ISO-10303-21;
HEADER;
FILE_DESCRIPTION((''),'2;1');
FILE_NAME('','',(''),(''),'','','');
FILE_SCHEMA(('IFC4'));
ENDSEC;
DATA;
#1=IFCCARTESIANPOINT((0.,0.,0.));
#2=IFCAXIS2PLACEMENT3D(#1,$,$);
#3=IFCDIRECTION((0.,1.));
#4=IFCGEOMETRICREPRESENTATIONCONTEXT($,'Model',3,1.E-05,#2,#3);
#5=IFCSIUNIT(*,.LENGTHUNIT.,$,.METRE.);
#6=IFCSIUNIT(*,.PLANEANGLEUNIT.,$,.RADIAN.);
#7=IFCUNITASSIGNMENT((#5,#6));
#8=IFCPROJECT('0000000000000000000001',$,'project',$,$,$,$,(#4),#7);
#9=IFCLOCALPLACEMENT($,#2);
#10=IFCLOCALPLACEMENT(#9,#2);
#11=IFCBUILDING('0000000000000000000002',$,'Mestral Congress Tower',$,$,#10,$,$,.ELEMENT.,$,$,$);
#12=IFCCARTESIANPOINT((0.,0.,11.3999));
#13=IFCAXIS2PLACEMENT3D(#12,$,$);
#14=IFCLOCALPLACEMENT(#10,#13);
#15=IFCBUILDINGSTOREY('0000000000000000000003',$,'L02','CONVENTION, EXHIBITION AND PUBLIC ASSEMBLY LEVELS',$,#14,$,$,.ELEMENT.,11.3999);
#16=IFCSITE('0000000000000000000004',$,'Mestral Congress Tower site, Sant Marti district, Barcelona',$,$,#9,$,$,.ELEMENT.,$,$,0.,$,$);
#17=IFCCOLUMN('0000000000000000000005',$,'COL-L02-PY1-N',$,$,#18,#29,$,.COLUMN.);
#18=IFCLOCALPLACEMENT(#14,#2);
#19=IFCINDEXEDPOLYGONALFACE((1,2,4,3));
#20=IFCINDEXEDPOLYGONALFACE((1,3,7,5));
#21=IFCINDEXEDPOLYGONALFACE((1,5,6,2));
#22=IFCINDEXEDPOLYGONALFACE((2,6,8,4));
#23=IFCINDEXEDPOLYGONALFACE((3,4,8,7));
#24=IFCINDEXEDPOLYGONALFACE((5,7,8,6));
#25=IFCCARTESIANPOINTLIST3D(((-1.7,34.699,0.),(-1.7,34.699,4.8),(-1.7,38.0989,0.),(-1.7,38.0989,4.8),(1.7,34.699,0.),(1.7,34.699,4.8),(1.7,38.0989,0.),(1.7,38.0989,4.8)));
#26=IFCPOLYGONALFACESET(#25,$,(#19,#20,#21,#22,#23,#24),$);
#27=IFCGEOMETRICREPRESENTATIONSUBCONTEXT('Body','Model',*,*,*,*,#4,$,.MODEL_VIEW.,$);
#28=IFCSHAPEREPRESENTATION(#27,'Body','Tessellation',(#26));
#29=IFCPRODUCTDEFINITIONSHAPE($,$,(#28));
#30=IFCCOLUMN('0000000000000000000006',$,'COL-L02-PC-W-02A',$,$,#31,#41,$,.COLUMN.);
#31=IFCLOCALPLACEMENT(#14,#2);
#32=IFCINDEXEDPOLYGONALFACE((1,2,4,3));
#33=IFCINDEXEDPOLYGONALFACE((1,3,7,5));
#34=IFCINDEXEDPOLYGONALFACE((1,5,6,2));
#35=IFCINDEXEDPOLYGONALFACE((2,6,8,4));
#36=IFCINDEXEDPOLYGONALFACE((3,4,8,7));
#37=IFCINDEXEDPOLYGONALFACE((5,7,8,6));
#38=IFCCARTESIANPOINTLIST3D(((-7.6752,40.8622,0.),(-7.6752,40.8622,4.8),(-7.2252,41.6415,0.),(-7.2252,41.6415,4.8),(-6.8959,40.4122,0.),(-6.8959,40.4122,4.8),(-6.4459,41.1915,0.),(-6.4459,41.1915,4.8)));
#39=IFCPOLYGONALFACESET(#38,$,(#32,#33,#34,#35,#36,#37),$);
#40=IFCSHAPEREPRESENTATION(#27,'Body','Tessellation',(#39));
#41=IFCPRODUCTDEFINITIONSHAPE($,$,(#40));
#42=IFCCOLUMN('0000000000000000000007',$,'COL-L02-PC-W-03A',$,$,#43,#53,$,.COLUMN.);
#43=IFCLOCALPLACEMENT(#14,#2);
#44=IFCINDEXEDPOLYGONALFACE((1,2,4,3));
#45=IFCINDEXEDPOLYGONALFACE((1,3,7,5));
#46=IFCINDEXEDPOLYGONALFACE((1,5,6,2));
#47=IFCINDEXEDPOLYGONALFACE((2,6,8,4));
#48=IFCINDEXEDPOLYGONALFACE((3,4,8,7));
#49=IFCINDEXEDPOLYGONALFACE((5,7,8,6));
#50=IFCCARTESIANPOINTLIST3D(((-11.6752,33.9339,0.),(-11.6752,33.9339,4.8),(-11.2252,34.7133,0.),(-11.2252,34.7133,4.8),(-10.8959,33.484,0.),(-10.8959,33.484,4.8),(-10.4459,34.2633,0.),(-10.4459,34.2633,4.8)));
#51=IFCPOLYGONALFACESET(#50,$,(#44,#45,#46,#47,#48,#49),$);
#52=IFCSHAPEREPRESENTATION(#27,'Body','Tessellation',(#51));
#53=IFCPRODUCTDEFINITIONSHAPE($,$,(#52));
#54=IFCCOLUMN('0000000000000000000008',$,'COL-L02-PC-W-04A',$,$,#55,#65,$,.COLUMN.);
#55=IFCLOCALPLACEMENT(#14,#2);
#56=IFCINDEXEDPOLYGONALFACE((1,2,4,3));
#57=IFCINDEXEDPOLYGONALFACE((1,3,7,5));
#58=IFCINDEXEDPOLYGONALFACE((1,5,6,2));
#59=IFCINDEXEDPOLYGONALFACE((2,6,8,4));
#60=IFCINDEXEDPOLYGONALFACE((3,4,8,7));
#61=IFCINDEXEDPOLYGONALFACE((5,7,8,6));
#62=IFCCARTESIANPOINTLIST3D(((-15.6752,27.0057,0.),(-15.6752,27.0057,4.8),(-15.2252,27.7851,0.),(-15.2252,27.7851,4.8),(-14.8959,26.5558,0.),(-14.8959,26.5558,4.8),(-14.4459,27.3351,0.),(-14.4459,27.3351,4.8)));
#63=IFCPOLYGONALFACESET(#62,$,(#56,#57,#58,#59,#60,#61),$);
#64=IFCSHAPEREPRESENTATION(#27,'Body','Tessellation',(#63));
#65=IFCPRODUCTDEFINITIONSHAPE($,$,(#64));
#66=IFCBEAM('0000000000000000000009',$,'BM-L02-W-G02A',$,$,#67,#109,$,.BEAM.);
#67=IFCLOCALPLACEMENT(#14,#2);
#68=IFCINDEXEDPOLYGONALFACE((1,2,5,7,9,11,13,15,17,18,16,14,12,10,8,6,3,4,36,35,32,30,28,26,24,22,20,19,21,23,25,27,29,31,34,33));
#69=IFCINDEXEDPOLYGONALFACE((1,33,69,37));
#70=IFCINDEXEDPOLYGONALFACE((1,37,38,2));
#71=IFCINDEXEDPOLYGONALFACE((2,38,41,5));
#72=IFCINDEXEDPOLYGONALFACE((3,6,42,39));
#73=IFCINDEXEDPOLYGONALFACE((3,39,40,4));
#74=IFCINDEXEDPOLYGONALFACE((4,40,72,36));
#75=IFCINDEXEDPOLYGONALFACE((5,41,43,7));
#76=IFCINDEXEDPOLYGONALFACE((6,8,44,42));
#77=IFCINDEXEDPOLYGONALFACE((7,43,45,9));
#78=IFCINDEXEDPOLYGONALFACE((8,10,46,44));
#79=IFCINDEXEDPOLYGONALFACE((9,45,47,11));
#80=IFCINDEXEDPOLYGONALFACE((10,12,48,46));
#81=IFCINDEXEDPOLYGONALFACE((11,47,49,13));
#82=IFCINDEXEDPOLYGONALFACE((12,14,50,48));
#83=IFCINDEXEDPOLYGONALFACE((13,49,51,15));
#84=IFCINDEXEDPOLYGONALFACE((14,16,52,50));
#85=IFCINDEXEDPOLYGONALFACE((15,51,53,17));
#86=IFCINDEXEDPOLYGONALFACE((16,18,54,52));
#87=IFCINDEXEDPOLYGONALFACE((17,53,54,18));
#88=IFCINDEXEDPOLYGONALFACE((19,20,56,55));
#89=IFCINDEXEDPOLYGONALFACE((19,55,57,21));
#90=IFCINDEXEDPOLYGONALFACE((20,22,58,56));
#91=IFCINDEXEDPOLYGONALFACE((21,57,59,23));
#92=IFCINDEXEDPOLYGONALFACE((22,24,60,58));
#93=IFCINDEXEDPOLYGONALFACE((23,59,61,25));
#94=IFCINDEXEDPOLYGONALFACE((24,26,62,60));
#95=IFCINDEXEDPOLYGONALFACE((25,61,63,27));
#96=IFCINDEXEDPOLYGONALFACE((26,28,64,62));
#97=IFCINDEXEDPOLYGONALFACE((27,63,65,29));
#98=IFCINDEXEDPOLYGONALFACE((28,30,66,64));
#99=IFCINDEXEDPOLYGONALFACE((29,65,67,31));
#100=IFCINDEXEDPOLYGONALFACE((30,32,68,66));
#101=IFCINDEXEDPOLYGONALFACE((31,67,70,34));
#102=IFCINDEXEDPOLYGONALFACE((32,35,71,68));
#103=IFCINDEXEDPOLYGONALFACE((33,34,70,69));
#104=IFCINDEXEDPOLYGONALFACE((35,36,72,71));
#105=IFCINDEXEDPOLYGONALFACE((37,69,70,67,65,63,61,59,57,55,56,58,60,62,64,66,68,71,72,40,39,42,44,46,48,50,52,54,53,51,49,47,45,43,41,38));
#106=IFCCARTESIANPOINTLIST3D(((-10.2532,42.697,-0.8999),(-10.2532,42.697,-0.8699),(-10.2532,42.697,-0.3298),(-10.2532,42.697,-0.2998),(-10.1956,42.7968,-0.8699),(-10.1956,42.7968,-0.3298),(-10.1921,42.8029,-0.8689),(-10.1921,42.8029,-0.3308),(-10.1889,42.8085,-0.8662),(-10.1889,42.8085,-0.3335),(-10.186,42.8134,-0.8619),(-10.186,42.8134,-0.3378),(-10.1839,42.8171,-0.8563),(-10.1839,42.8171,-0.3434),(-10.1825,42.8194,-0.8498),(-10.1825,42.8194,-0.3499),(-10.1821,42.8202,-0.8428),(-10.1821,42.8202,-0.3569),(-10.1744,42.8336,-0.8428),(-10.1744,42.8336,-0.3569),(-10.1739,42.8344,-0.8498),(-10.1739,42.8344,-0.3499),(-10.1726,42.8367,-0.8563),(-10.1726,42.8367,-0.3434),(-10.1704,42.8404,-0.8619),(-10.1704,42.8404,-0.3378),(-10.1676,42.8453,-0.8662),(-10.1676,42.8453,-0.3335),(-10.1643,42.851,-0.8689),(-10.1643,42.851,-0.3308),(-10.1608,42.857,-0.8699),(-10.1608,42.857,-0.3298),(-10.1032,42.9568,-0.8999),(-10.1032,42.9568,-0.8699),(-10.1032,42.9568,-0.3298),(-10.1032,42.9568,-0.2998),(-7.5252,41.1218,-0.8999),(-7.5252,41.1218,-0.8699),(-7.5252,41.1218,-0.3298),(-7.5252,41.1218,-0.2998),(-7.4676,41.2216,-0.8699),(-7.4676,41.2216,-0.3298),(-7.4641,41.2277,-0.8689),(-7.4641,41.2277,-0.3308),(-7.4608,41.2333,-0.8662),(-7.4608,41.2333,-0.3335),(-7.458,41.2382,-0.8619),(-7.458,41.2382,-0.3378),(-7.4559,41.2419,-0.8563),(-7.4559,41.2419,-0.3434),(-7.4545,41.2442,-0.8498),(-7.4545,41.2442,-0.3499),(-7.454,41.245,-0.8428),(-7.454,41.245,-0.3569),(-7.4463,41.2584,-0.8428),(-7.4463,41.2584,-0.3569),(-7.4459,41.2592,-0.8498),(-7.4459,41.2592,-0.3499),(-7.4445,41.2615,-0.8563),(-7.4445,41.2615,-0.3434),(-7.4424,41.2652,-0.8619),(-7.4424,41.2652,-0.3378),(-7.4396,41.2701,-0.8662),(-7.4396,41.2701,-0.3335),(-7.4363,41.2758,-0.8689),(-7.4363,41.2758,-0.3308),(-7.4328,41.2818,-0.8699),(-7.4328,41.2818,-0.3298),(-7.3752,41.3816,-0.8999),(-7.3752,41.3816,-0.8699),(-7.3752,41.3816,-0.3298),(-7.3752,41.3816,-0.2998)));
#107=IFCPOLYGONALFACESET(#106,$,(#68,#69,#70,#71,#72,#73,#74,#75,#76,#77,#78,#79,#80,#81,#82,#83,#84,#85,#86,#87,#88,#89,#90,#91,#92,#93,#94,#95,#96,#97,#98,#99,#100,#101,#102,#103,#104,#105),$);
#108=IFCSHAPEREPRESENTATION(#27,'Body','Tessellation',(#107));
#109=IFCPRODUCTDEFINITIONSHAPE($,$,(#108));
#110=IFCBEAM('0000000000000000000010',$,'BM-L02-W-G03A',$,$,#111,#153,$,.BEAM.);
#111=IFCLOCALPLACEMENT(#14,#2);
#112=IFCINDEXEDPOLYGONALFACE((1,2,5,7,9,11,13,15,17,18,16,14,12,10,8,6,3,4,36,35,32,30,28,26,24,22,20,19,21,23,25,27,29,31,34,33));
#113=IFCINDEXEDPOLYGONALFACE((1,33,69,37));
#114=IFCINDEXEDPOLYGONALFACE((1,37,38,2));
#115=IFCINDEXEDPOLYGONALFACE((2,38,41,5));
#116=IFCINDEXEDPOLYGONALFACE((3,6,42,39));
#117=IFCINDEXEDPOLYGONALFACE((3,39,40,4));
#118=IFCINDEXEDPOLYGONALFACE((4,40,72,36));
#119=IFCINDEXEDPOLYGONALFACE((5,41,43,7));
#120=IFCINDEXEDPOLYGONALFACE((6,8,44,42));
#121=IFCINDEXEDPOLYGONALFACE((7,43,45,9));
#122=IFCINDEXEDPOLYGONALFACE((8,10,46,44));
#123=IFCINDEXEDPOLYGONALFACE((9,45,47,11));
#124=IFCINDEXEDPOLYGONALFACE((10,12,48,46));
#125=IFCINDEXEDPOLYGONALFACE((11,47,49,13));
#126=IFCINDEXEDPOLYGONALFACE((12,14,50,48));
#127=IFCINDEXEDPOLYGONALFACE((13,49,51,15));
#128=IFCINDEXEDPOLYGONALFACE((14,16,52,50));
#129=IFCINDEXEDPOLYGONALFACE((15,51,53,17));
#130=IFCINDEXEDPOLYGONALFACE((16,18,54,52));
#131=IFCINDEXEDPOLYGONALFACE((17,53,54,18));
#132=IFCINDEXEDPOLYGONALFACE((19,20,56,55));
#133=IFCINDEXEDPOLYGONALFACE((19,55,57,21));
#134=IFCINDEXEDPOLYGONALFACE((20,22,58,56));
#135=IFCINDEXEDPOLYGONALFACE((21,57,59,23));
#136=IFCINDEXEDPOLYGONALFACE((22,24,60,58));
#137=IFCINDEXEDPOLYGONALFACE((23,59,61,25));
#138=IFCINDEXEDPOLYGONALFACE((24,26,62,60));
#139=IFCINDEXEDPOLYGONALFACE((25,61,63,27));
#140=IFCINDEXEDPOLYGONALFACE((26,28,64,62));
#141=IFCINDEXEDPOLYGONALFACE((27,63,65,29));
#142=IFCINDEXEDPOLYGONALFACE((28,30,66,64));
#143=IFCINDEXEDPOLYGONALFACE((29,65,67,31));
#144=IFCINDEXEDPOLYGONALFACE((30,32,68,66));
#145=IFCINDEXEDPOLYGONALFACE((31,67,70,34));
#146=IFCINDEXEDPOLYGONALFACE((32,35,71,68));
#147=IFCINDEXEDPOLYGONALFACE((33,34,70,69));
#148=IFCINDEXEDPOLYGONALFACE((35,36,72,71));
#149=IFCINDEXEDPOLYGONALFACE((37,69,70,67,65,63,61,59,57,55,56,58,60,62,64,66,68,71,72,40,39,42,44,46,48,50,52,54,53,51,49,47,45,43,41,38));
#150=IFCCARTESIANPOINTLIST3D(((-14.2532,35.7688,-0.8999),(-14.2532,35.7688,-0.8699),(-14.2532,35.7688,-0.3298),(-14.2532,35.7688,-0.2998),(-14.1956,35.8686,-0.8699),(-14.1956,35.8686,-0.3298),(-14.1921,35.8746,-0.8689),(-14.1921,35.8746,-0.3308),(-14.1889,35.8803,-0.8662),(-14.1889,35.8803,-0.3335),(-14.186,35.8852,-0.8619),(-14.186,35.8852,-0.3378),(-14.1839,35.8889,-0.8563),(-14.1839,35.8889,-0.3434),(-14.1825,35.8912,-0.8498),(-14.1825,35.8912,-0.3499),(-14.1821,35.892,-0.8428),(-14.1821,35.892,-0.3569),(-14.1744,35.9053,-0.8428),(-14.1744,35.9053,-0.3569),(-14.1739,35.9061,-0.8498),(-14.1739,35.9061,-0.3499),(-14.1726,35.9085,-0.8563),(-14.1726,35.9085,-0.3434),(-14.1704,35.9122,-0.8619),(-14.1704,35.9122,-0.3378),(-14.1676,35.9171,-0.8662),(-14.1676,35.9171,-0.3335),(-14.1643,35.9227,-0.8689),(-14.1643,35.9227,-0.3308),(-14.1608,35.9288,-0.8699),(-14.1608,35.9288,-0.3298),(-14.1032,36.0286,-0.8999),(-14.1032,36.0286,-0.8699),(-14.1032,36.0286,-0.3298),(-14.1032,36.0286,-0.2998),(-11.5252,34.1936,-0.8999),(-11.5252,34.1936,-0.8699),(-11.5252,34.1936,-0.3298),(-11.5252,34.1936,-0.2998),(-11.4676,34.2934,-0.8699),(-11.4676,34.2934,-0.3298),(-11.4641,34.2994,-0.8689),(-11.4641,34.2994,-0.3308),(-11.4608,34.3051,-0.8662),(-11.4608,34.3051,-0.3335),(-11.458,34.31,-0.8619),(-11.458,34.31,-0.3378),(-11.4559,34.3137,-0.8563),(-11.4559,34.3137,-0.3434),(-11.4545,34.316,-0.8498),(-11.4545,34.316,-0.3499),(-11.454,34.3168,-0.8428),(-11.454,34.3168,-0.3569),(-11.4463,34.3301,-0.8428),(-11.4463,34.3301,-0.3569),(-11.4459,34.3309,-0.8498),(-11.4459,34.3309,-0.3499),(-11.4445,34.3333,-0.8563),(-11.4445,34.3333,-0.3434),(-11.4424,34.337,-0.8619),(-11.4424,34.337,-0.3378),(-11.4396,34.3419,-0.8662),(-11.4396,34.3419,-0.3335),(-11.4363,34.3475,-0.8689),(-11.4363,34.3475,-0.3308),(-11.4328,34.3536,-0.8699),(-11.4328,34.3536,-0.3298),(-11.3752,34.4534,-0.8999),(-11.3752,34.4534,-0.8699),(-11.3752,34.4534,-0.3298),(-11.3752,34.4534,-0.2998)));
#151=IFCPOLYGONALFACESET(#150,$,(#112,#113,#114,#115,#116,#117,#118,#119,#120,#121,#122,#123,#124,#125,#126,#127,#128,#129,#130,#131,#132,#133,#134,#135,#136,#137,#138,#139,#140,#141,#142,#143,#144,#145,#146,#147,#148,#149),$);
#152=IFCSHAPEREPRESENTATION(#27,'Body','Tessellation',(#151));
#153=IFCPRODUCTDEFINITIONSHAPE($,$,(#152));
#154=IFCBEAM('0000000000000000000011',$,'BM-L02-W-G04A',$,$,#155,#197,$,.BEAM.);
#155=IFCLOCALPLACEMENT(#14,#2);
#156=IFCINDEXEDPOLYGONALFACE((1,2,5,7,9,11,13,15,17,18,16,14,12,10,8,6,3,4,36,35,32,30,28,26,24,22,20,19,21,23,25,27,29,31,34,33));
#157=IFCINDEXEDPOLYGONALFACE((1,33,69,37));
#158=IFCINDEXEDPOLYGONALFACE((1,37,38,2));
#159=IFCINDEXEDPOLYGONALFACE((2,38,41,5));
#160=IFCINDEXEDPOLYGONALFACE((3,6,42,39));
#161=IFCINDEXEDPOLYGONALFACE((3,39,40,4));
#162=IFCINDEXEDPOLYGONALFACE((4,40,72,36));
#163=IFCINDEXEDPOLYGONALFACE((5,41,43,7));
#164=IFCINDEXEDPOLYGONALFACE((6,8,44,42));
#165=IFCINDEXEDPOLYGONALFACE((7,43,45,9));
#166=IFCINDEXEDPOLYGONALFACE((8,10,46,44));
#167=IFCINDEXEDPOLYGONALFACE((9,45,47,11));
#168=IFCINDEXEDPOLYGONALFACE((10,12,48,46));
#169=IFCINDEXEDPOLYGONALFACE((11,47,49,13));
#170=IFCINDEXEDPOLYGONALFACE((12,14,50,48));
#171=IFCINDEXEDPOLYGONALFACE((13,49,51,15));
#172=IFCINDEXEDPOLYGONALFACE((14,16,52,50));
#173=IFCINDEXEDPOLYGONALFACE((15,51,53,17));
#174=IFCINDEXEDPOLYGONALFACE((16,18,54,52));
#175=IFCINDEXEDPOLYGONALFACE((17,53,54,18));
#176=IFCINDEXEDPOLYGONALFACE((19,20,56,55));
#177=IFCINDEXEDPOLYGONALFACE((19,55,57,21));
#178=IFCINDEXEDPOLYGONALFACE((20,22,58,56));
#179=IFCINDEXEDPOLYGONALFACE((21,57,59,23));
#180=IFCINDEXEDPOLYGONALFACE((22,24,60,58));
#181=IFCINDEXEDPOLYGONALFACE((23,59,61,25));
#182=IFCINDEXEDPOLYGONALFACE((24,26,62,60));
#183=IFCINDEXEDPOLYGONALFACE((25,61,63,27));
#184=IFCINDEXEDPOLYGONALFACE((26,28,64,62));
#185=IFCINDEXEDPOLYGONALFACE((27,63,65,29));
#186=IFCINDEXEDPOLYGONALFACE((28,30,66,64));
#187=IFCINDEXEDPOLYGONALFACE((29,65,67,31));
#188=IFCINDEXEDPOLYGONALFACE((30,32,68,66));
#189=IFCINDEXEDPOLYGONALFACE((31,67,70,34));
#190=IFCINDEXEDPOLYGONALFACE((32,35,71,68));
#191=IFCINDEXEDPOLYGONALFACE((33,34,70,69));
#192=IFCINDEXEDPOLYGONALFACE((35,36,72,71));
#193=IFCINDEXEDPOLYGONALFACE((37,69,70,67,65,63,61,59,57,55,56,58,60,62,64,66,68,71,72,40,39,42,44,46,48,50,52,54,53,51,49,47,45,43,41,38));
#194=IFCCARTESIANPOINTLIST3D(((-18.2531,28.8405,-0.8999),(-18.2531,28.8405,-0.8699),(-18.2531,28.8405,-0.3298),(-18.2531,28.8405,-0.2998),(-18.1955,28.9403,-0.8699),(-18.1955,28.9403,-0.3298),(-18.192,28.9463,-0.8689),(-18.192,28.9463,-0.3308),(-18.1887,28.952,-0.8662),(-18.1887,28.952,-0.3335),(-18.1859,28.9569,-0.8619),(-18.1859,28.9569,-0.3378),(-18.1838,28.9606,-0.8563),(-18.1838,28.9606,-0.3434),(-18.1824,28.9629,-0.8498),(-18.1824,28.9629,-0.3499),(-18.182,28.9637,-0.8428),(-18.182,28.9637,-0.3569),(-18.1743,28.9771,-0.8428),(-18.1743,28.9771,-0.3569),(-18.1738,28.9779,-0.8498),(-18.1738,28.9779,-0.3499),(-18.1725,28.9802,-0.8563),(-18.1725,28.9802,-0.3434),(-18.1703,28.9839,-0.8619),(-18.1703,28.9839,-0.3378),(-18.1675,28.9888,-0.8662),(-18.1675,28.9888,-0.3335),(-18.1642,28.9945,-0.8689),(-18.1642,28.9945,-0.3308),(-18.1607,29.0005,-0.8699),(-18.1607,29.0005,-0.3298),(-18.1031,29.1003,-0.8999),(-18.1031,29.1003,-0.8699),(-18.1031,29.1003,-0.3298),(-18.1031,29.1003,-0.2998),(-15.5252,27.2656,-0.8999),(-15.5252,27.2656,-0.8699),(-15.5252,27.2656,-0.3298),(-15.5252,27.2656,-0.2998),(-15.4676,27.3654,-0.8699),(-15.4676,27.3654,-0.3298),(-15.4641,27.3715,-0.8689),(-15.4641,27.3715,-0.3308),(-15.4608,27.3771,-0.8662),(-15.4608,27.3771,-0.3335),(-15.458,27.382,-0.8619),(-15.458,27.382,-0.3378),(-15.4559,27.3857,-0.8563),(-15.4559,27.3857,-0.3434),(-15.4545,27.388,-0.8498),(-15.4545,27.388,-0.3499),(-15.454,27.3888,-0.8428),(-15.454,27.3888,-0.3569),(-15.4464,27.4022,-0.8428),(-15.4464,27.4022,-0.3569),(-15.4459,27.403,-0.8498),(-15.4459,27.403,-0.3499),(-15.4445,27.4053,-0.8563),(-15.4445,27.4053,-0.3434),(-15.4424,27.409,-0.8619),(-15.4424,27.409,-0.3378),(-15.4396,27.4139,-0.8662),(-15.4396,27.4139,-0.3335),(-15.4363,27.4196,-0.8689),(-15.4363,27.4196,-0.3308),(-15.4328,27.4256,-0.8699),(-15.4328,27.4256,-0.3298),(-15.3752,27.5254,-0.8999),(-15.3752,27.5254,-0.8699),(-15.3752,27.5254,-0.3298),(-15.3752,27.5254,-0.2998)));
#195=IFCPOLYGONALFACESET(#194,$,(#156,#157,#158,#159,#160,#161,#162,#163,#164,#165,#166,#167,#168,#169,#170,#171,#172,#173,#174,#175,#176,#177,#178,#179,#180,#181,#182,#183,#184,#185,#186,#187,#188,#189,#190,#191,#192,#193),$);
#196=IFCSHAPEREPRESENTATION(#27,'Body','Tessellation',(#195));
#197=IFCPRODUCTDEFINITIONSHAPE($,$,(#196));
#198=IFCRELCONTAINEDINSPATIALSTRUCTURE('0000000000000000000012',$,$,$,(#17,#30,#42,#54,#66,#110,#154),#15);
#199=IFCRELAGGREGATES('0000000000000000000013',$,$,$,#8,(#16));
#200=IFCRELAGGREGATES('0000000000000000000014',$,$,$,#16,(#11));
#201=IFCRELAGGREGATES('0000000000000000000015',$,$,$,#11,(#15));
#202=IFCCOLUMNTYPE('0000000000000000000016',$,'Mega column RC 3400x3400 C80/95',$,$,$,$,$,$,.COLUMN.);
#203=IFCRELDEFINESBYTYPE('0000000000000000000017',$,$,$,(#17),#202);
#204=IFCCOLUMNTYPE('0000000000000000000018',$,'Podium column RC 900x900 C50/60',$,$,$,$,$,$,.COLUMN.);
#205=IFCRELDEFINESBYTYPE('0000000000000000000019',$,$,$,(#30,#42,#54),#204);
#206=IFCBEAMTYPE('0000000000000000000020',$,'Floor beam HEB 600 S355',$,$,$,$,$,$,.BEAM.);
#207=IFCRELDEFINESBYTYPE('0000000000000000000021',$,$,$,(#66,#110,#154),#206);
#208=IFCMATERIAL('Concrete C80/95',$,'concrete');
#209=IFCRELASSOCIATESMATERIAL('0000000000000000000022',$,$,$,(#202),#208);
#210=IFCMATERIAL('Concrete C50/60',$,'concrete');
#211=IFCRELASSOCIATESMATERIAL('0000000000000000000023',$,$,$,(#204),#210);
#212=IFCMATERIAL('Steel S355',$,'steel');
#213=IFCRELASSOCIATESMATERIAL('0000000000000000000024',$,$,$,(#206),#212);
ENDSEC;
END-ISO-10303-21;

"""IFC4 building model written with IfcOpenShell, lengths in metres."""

from ifc_helpers import new_model, si_unit, direction, frame, origin, origin_2d, place, context, subcontext, project, spatial, rectangle, i_section, extrude, material, material_profile, profile_set, type_object, element, save


model = new_model("IFC4")

# Units and contexts
model_context = context("Model", 3, precision=1e-05, world=origin(), true_north=direction((0.0, 1.0)))
body_context = subcontext(model_context, "Body", "Model", "MODEL_VIEW")
ifc_project = project(units=[si_unit("LENGTHUNIT", "METRE"), si_unit("PLANEANGLEUNIT", "RADIAN")], contexts=[model_context])

# Site, building, storey
site_placement = place(None, origin())
site = spatial("IfcSite", under=ifc_project, at=site_placement, Name="Mestral Congress Tower site, Sant Marti district, Barcelona", CompositionType="ELEMENT", RefElevation=0.0)
building_placement = place(site_placement, origin())
building = spatial("IfcBuilding", under=site, at=building_placement, Name="Mestral Congress Tower", CompositionType="ELEMENT")
storey_placement = place(building_placement, frame((0.0, 0.0, 11.3999)))
storey = spatial("IfcBuildingStorey", under=building, at=storey_placement, Name="L02", Description="CONVENTION, EXHIBITION AND PUBLIC ASSEMBLY LEVELS", CompositionType="ELEMENT", Elevation=11.3999)

# Columns
ifc_material_1 = material(Name="Concrete C80/95", Category="concrete")
ifc_material_profile_1 = material_profile(ifc_material_1, rectangle(XDim=3.3999, YDim=3.3999, at=origin_2d()), Name="RC 3400x3400")
ifc_profile_set_1 = profile_set([ifc_material_profile_1], Name="Concrete C80/95")
column_type_1 = type_object("IfcColumnType", Name="Mega column RC 3400x3400 C80/95", PredefinedType="COLUMN", material=ifc_profile_set_1)
column_placement = place(storey_placement, frame((0.0, 36.3989, 0.0), z_axis=(0.0, 0.0, 1.0), x_axis=(0.0, 1.0, 0.0)))
element("IfcColumn", 1, at=column_placement, inside=storey, type_object=column_type_1, Name="COL-L02-PY1-N", PredefinedType="COLUMN", context=body_context, shape_type="SweptSolid", body=[
    extrude(rectangle(XDim=3.3999, YDim=3.3999, at=origin_2d()), origin(), (0.0, 0.0, 1.0), 4.8),
])
ifc_material_2 = material(Name="Concrete C50/60", Category="concrete")
ifc_material_profile_2 = material_profile(ifc_material_2, rectangle(XDim=0.8999, YDim=0.8999, at=origin_2d()), Name="RC 900x900")
ifc_profile_set_2 = profile_set([ifc_material_profile_2], Name="Concrete C50/60")
column_type_2 = type_object("IfcColumnType", Name="Podium column RC 900x900 C50/60", PredefinedType="COLUMN", material=ifc_profile_set_2)
for number, where, z_axis, x_axis, name in (
    (2, (-7.0605, 41.0269, 0.0), (0.0, 0.0, 1.0), (-0.5, -0.866025, 0.0), "COL-L02-PC-W-02A"),
    (3, (-11.0605, 34.0986, 0.0), (0.0, 0.0, 1.0), (-0.5, -0.866025, 0.0), "COL-L02-PC-W-03A"),
    (4, (-15.0605, 27.1704, 0.0), (0.0, 0.0, 1.0), (-0.5, -0.866025, 0.0), "COL-L02-PC-W-04A"),
):
    element("IfcColumn", number, at=place(storey_placement, frame(where, z_axis=z_axis, x_axis=x_axis)), inside=storey, type_object=column_type_2, Name=name, PredefinedType="COLUMN", context=body_context, shape_type="SweptSolid", body=[
        extrude(rectangle(XDim=0.8999, YDim=0.8999, at=origin_2d()), origin(), (0.0, 0.0, 1.0), 4.8),
    ])

# Beams
ifc_material_3 = material(Name="Steel S355", Category="steel")
ifc_material_profile_3 = material_profile(ifc_material_3, i_section(OverallWidth=0.3, OverallDepth=0.6001, WebThickness=0.0154, FlangeThickness=0.03, FilletRadius=0.0271, at=origin_2d()), Name="HEB 600")
ifc_profile_set_3 = profile_set([ifc_material_profile_3], Name="Steel S355")
beam_type_1 = type_object("IfcBeamType", Name="Floor beam HEB 600 S355", PredefinedType="BEAM", material=ifc_profile_set_3)
for number, where, z_axis, x_axis, name in (
    (5, (-7.4502, 41.2517, -0.5999), (-0.866002, 0.50004, 0.0), (-0.50004, -0.866002, 0.0), "BM-L02-W-G02A"),
    (6, (-11.4502, 34.3235, -0.5999), (-0.866002, 0.50004, 0.0), (-0.50004, -0.866002, 0.0), "BM-L02-W-G03A"),
):
    element("IfcBeam", number, at=place(storey_placement, frame(where, z_axis=z_axis, x_axis=x_axis)), inside=storey, type_object=beam_type_1, Name=name, PredefinedType="BEAM", context=body_context, shape_type="SweptSolid", body=[
        extrude(i_section(OverallWidth=0.3, OverallDepth=0.6001, WebThickness=0.0154, FlangeThickness=0.03, FilletRadius=0.0271, at=origin_2d()), origin(), (0.0, 0.0, 1.0), 3.1501),
    ])
beam_placement = place(storey_placement, frame((-15.4502, 27.3955, -0.5999), z_axis=(-0.866036, 0.499982, 0.0), x_axis=(-0.499982, -0.866036, 0.0)))
element("IfcBeam", 7, at=beam_placement, inside=storey, type_object=beam_type_1, Name="BM-L02-W-G04A", PredefinedType="BEAM", context=body_context, shape_type="SweptSolid", body=[
    extrude(i_section(OverallWidth=0.3, OverallDepth=0.6001, WebThickness=0.0154, FlangeThickness=0.03, FilletRadius=0.0271, at=origin_2d()), origin(), (0.0, 0.0, 1.0), 3.1499),
])

save(model, "model.ifc")
